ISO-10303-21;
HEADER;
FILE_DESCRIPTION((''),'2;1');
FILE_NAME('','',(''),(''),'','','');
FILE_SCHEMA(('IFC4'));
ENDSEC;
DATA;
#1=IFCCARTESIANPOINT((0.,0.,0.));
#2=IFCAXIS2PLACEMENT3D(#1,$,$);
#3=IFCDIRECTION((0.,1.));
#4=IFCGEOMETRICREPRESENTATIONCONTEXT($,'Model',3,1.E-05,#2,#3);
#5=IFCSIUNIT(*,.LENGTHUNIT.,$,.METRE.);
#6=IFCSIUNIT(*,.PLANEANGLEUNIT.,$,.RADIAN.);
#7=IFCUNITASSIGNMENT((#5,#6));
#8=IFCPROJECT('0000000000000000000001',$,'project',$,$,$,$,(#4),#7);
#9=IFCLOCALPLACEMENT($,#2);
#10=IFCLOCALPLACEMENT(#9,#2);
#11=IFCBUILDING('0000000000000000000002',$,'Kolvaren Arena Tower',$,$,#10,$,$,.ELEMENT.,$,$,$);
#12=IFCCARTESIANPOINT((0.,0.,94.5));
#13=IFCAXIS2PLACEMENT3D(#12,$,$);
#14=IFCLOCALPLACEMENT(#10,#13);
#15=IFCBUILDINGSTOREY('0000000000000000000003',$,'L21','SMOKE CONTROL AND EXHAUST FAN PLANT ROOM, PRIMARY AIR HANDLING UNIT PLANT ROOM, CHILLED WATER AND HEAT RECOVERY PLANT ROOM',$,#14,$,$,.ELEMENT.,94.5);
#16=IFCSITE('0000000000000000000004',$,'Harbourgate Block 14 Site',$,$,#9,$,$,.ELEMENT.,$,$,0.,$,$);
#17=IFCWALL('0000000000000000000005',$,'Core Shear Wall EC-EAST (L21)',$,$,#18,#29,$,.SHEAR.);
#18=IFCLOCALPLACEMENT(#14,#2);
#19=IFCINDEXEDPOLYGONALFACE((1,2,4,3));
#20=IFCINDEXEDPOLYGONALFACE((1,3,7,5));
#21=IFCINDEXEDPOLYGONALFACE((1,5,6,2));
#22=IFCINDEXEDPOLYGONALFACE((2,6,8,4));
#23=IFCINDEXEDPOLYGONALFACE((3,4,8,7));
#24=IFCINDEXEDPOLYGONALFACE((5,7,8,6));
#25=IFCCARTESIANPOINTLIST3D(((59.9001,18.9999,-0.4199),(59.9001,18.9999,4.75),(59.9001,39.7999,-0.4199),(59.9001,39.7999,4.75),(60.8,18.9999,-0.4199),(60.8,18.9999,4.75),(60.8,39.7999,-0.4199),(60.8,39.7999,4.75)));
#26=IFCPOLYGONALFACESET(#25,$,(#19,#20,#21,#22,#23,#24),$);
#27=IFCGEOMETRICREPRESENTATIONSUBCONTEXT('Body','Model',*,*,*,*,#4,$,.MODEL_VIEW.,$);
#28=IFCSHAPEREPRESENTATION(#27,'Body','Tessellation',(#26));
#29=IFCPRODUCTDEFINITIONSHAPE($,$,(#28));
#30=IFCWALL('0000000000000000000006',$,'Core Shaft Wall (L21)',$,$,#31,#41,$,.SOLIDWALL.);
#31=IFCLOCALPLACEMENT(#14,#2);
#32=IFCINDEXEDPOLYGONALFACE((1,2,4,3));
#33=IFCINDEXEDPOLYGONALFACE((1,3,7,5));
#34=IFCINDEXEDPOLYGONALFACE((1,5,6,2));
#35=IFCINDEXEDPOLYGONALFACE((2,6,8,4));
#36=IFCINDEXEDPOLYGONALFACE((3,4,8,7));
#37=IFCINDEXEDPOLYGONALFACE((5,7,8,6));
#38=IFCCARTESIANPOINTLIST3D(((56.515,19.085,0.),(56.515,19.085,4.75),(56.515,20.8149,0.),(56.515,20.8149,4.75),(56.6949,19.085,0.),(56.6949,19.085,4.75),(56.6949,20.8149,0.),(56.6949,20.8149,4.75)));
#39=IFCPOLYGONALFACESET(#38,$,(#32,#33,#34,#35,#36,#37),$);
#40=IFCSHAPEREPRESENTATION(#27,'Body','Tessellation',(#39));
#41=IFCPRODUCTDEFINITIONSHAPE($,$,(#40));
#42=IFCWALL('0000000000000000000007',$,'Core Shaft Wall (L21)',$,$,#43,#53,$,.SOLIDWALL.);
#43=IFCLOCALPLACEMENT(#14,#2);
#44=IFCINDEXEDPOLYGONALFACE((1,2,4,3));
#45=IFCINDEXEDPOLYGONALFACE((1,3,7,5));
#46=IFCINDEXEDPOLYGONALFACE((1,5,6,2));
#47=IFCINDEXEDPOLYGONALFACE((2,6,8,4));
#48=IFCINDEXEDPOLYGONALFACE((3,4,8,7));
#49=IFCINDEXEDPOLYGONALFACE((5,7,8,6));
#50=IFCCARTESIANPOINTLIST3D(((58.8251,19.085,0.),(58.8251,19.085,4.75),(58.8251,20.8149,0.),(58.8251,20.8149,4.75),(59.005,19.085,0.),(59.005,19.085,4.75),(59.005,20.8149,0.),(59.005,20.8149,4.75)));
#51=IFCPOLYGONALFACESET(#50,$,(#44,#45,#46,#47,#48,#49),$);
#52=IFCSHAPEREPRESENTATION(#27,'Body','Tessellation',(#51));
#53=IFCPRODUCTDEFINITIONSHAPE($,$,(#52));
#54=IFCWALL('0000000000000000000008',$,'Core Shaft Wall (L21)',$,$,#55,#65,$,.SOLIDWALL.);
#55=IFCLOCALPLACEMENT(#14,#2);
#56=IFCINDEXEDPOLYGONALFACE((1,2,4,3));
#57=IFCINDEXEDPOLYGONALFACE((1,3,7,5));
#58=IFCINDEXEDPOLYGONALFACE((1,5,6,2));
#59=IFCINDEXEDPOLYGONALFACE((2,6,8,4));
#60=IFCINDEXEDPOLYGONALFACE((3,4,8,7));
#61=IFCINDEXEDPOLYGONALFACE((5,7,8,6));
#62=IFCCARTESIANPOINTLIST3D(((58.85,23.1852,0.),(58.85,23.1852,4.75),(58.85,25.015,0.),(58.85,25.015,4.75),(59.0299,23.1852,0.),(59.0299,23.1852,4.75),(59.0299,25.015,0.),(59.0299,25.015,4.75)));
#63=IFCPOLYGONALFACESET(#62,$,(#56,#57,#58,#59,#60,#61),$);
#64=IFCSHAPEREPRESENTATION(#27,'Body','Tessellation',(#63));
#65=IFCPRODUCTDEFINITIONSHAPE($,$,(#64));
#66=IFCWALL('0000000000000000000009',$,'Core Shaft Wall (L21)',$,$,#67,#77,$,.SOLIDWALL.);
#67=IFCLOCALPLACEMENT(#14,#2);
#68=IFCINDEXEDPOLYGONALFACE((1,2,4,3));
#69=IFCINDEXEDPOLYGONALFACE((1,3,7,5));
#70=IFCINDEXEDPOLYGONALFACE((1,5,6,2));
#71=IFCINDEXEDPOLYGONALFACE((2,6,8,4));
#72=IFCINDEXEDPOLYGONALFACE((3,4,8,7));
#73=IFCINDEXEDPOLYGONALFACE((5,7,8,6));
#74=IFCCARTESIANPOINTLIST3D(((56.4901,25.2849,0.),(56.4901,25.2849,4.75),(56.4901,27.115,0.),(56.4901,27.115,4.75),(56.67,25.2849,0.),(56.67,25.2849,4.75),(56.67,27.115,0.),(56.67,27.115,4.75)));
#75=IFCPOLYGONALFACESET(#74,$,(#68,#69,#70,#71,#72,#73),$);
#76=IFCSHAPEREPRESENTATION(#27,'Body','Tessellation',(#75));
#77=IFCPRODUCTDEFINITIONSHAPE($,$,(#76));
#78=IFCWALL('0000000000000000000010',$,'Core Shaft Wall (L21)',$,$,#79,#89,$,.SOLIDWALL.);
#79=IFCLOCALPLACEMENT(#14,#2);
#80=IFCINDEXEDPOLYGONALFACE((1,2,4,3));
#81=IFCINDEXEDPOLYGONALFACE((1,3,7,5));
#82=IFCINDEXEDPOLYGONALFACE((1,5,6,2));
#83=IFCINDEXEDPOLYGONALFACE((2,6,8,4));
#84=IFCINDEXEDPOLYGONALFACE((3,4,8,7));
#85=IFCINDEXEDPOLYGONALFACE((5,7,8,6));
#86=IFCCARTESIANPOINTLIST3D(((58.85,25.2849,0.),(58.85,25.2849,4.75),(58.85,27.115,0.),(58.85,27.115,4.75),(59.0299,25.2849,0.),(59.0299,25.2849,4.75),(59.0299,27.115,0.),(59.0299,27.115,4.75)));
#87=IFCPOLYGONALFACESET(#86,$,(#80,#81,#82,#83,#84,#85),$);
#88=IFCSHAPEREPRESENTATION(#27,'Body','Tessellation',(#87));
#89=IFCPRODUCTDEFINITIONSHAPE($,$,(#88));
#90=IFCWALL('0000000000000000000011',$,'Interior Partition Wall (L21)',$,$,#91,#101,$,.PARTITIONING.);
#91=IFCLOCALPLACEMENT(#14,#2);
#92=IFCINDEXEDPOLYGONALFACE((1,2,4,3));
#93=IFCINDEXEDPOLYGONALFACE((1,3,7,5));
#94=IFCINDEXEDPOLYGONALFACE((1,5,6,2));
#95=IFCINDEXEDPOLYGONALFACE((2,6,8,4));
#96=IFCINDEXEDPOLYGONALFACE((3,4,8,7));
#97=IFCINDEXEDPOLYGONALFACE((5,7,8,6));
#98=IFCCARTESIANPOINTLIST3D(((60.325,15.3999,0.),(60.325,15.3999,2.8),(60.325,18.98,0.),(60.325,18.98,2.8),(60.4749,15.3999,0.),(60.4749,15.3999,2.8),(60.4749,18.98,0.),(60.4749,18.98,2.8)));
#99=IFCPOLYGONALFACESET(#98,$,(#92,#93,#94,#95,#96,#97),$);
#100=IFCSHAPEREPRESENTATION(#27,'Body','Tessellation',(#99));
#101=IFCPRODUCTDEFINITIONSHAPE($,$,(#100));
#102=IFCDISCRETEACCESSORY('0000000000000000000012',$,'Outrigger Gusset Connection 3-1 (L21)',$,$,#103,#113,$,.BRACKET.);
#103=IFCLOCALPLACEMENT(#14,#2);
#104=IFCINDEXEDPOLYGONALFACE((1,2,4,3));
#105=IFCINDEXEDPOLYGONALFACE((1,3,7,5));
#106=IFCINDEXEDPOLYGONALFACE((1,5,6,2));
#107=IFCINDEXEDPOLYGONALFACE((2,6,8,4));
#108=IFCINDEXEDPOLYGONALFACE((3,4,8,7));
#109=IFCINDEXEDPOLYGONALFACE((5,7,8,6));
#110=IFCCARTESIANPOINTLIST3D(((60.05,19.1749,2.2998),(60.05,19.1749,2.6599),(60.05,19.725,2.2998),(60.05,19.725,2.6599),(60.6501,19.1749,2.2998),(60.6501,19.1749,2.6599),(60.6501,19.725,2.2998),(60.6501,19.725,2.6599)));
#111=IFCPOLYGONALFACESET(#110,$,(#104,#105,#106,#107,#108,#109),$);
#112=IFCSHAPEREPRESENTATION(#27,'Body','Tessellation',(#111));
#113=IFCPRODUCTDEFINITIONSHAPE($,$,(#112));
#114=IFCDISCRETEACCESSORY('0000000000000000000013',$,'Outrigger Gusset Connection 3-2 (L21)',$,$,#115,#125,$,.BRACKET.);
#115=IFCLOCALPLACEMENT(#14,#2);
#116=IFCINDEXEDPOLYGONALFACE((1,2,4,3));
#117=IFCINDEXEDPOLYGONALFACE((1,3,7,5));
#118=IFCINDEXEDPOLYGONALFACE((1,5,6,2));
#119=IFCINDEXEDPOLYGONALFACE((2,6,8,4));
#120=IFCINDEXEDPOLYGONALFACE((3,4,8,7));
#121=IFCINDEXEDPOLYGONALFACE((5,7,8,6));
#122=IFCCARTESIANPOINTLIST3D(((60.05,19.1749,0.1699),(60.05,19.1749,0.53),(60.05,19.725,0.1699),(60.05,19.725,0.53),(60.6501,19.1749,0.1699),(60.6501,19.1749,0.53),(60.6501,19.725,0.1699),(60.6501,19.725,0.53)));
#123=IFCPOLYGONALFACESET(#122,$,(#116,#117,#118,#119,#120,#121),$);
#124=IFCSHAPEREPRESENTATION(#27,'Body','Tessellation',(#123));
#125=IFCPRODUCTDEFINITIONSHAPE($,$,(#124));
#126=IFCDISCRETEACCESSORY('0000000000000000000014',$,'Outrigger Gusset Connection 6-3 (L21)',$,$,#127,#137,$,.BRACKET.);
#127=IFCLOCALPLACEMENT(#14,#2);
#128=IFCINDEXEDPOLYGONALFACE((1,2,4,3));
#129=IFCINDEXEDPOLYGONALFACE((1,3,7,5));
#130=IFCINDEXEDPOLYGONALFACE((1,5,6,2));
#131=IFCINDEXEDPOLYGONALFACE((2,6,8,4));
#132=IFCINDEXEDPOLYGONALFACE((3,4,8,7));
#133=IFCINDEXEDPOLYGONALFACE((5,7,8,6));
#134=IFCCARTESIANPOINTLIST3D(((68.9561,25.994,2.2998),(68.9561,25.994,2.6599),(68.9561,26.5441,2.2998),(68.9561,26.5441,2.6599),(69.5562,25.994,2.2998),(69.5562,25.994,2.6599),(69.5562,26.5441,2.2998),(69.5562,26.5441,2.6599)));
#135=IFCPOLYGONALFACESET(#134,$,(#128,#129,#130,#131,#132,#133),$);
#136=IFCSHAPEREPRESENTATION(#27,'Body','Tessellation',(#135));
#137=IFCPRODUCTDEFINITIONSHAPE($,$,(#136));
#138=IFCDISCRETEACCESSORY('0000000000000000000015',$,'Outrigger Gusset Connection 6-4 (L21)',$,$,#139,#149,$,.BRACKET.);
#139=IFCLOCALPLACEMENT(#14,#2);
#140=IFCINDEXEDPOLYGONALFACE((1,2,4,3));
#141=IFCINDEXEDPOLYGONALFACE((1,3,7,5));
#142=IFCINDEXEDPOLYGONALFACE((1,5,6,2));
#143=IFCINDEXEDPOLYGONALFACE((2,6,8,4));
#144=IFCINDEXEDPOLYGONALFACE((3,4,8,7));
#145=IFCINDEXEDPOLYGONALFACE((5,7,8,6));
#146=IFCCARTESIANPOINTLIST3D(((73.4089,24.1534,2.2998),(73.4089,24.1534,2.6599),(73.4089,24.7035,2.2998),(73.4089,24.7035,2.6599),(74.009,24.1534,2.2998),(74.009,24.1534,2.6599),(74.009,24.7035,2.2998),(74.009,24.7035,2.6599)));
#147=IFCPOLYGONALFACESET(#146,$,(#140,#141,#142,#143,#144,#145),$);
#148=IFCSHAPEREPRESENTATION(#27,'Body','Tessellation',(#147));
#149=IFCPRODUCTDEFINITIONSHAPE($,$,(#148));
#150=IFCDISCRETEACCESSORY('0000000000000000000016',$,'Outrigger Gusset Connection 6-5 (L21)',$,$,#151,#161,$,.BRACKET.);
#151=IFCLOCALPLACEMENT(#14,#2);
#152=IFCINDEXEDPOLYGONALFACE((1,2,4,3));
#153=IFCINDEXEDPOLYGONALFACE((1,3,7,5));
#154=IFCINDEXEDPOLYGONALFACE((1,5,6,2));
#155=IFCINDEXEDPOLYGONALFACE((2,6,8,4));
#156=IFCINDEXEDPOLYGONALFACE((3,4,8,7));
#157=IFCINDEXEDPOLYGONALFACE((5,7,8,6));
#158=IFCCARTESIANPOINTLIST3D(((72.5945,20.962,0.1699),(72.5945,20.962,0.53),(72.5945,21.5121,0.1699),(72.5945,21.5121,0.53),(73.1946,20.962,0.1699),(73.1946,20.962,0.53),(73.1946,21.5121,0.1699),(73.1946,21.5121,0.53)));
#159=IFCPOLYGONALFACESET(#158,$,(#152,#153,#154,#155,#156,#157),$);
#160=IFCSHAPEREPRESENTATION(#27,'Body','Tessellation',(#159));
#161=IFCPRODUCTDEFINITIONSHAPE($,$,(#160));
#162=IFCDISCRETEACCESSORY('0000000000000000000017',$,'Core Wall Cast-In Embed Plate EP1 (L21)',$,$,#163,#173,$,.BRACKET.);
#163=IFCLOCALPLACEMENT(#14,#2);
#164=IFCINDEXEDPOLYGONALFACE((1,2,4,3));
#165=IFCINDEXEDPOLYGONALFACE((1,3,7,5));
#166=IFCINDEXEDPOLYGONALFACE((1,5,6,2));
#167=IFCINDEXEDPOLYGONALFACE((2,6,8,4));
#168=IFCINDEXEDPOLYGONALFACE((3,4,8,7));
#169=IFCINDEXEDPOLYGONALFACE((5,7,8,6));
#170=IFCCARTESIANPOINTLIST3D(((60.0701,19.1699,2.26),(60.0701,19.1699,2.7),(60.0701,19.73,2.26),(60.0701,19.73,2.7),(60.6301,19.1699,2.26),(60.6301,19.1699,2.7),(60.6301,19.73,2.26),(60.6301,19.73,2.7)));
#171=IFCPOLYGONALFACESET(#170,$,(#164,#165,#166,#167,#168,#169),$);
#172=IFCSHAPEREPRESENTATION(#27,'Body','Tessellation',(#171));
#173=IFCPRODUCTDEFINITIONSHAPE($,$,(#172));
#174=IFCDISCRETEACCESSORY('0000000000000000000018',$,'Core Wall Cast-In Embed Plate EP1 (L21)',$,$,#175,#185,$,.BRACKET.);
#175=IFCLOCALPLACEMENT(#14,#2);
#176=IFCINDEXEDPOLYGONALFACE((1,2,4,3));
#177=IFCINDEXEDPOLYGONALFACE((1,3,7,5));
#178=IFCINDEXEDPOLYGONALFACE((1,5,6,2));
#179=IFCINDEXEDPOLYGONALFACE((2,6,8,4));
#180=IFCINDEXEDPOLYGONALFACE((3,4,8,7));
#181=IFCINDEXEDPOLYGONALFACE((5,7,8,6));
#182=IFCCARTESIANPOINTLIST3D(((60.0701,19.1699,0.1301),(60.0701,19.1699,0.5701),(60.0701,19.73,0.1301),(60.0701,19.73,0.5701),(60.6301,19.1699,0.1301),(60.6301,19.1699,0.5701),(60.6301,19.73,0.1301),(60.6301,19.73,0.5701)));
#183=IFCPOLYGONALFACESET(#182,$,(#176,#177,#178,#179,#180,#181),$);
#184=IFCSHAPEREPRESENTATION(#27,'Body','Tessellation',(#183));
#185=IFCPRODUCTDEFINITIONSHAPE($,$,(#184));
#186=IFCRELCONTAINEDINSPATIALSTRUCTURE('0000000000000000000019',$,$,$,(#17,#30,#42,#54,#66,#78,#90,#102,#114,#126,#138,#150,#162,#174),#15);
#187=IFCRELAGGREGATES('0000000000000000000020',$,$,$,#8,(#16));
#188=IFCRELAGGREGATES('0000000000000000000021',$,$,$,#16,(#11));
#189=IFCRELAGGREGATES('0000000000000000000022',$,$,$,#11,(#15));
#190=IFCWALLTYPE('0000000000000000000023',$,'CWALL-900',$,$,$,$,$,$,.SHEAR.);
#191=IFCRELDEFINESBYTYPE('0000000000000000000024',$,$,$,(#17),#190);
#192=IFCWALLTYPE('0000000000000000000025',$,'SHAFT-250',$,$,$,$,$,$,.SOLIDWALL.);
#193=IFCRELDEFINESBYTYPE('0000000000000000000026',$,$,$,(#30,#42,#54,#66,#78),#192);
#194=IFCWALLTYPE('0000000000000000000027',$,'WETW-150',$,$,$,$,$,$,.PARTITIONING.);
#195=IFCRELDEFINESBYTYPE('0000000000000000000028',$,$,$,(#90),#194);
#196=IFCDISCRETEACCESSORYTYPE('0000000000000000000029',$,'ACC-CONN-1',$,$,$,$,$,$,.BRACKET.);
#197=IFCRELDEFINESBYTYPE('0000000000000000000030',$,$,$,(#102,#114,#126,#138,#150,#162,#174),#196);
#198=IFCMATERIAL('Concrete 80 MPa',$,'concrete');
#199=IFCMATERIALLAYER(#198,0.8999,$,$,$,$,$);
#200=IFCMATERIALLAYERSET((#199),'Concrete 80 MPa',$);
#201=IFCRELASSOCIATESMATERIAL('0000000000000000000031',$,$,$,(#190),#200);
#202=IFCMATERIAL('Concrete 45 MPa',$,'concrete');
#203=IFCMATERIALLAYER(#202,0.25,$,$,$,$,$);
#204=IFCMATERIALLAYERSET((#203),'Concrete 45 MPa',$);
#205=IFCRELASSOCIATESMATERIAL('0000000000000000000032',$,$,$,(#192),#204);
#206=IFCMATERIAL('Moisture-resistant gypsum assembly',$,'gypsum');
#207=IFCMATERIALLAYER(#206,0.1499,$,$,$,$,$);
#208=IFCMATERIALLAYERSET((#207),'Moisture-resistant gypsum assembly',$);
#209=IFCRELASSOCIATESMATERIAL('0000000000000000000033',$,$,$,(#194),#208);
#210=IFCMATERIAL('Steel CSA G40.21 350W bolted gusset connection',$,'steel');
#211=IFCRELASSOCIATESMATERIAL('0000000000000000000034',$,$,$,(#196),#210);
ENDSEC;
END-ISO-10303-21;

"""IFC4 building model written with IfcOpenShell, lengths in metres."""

from ifc_helpers import new_model, si_unit, direction, frame, frame_2d, origin, origin_2d, place, context, subcontext, project, spatial, rectangle, extrude, material, layer, layer_set, type_object, element, save


model = new_model("IFC4")

# Units and contexts
model_context = context("Model", 3, precision=1e-05, world=origin(), true_north=direction((0.0, 1.0)))
body_context = subcontext(model_context, "Body", "Model", "MODEL_VIEW")
ifc_project = project(units=[si_unit("LENGTHUNIT", "METRE"), si_unit("PLANEANGLEUNIT", "RADIAN")], contexts=[model_context])

# Site, building, storey
site_placement = place(None, origin())
site = spatial("IfcSite", under=ifc_project, at=site_placement, Name="Harbourgate Block 14 Site", CompositionType="ELEMENT", RefElevation=0.0)
building_placement = place(site_placement, origin())
building = spatial("IfcBuilding", under=site, at=building_placement, Name="Kolvaren Arena Tower", CompositionType="ELEMENT")
storey_placement = place(building_placement, frame((0.0, 0.0, 94.5)))
storey = spatial("IfcBuildingStorey", under=building, at=storey_placement, Name="L21", Description="SMOKE CONTROL AND EXHAUST FAN PLANT ROOM, PRIMARY AIR HANDLING UNIT PLANT ROOM, CHILLED WATER AND HEAT RECOVERY PLANT ROOM", CompositionType="ELEMENT", Elevation=94.5)

# Shared definitions
ifc_material_1 = material(Name="Concrete 80 MPa", Category="concrete")

# Walls
ifc_layer_1 = layer(ifc_material_1, 0.8999)
ifc_layer_set_1 = layer_set([ifc_layer_1], Name="Concrete 80 MPa")
wall_type_1 = type_object("IfcWallType", Name="CWALL-900", PredefinedType="SHEAR", material=ifc_layer_set_1)
wall_1_placement = place(storey_placement, frame((60.3501, 19.0, -0.4199), z_axis=(0.0, 0.0, 1.0), x_axis=(0.0, 1.0, 0.0)))
element("IfcWall", 1, at=wall_1_placement, inside=storey, type_object=wall_type_1, Name="Core Shear Wall EC-EAST (L21)", PredefinedType="SHEAR", context=body_context, shape_type="SweptSolid", body=[
    extrude(rectangle(XDim=20.8, YDim=0.8999, at=frame_2d((10.3999, 0.0))), origin(), (0.0, 0.0, 1.0), 5.1699),
])
ifc_material_2 = material(Name="Concrete 45 MPa", Category="concrete")
ifc_layer_2 = layer(ifc_material_2, 0.25)
ifc_layer_set_2 = layer_set([ifc_layer_2], Name="Concrete 45 MPa")
wall_type_2 = type_object("IfcWallType", Name="SHAFT-250", PredefinedType="SOLIDWALL", material=ifc_layer_set_2)
for number, where, z_axis, x_axis, name in (
    (2, (56.605, 19.085, 0.0), (0.0, 0.0, 1.0), (0.0, 1.0, 0.0), "Core Shaft Wall (L21)"),
    (3, (58.915, 19.085, 0.0), (0.0, 0.0, 1.0), (0.0, 1.0, 0.0), "Core Shaft Wall (L21)"),
):
    element("IfcWall", number, at=place(storey_placement, frame(where, z_axis=z_axis, x_axis=x_axis)), inside=storey, type_object=wall_type_2, Name=name, PredefinedType="SOLIDWALL", context=body_context, shape_type="SweptSolid", body=[
        extrude(rectangle(XDim=1.73, YDim=0.1799, at=frame_2d((0.865, 0.0))), origin(), (0.0, 0.0, 1.0), 4.75),
    ])
wall_2_placement = place(storey_placement, frame((58.9399, 23.1851, 0.0), z_axis=(0.0, 0.0, 1.0), x_axis=(0.0, 1.0, 0.0)))
element("IfcWall", 4, at=wall_2_placement, inside=storey, type_object=wall_type_2, Name="Core Shaft Wall (L21)", PredefinedType="SOLIDWALL", context=body_context, shape_type="SweptSolid", body=[
    extrude(rectangle(XDim=1.8298, YDim=0.1799, at=frame_2d((0.915, 0.0))), origin(), (0.0, 0.0, 1.0), 4.75),
])
for number, where, z_axis, x_axis, name in (
    (5, (56.5801, 25.2849, 0.0), (0.0, 0.0, 1.0), (0.0, 1.0, 0.0), "Core Shaft Wall (L21)"),
    (6, (58.9399, 25.2849, 0.0), (0.0, 0.0, 1.0), (0.0, 1.0, 0.0), "Core Shaft Wall (L21)"),
):
    element("IfcWall", number, at=place(storey_placement, frame(where, z_axis=z_axis, x_axis=x_axis)), inside=storey, type_object=wall_type_2, Name=name, PredefinedType="SOLIDWALL", context=body_context, shape_type="SweptSolid", body=[
        extrude(rectangle(XDim=1.8301, YDim=0.1799, at=frame_2d((0.915, 0.0))), origin(), (0.0, 0.0, 1.0), 4.75),
    ])
ifc_material_3 = material(Name="Moisture-resistant gypsum assembly", Category="gypsum")
ifc_layer_3 = layer(ifc_material_3, 0.1499)
ifc_layer_set_3 = layer_set([ifc_layer_3], Name="Moisture-resistant gypsum assembly")
wall_type_3 = type_object("IfcWallType", Name="WETW-150", PredefinedType="PARTITIONING", material=ifc_layer_set_3)
wall_3_placement = place(storey_placement, frame((60.3999, 15.3999, 0.0), z_axis=(0.0, 0.0, 1.0), x_axis=(0.0, 1.0, 0.0)))
element("IfcWall", 7, at=wall_3_placement, inside=storey, type_object=wall_type_3, Name="Interior Partition Wall (L21)", PredefinedType="PARTITIONING", context=body_context, shape_type="SweptSolid", body=[
    extrude(rectangle(XDim=3.5801, YDim=0.1499, at=frame_2d((1.79, 0.0))), origin(), (0.0, 0.0, 1.0), 2.8),
])

# Discrete accessories
ifc_material_4 = material(Name="Steel CSA G40.21 350W bolted gusset connection", Category="steel")
discrete_accessory_type = type_object("IfcDiscreteAccessoryType", Name="ACC-CONN-1", PredefinedType="BRACKET", material=ifc_material_4)
for number, where, z_axis, x_axis, name in (
    (8, (60.3501, 19.45, 2.2998), (0.0, 0.0, 1.0), (1.0, 0.0, 0.0), "Outrigger Gusset Connection 3-1 (L21)"),
    (9, (60.3501, 19.45, 0.1699), (0.0, 0.0, 1.0), (1.0, 0.0, 0.0), "Outrigger Gusset Connection 3-2 (L21)"),
    (10, (69.2561, 26.269, 2.2998), (0.0, 0.0, 1.0), (1.0, 0.0, 0.0), "Outrigger Gusset Connection 6-3 (L21)"),
    (11, (73.709, 24.4285, 2.2998), (0.0, 0.0, 1.0), (1.0, 0.0, 0.0), "Outrigger Gusset Connection 6-4 (L21)"),
    (12, (72.8945, 21.2371, 0.1699), (0.0, 0.0, 1.0), (1.0, 0.0, 0.0), "Outrigger Gusset Connection 6-5 (L21)"),
):
    element("IfcDiscreteAccessory", number, at=place(storey_placement, frame(where, z_axis=z_axis, x_axis=x_axis)), inside=storey, type_object=discrete_accessory_type, Name=name, PredefinedType="BRACKET", context=body_context, shape_type="SweptSolid", body=[
        extrude(rectangle(XDim=0.6001, YDim=0.55, at=origin_2d()), origin(), (0.0, 0.0, 1.0), 0.3601),
    ])
for number, where, z_axis, x_axis, name in (
    (13, (60.3501, 19.45, 2.26), (0.0, 0.0, 1.0), (1.0, 0.0, 0.0), "Core Wall Cast-In Embed Plate EP1 (L21)"),
    (14, (60.3501, 19.45, 0.1301), (0.0, 0.0, 1.0), (1.0, 0.0, 0.0), "Core Wall Cast-In Embed Plate EP1 (L21)"),
):
    element("IfcDiscreteAccessory", number, at=place(storey_placement, frame(where, z_axis=z_axis, x_axis=x_axis)), inside=storey, type_object=discrete_accessory_type, Name=name, PredefinedType="BRACKET", context=body_context, shape_type="SweptSolid", body=[
        extrude(rectangle(XDim=0.5601, YDim=0.5601, at=origin_2d()), origin(), (0.0, 0.0, 1.0), 0.4399),
    ])

save(model, "model.ifc")
